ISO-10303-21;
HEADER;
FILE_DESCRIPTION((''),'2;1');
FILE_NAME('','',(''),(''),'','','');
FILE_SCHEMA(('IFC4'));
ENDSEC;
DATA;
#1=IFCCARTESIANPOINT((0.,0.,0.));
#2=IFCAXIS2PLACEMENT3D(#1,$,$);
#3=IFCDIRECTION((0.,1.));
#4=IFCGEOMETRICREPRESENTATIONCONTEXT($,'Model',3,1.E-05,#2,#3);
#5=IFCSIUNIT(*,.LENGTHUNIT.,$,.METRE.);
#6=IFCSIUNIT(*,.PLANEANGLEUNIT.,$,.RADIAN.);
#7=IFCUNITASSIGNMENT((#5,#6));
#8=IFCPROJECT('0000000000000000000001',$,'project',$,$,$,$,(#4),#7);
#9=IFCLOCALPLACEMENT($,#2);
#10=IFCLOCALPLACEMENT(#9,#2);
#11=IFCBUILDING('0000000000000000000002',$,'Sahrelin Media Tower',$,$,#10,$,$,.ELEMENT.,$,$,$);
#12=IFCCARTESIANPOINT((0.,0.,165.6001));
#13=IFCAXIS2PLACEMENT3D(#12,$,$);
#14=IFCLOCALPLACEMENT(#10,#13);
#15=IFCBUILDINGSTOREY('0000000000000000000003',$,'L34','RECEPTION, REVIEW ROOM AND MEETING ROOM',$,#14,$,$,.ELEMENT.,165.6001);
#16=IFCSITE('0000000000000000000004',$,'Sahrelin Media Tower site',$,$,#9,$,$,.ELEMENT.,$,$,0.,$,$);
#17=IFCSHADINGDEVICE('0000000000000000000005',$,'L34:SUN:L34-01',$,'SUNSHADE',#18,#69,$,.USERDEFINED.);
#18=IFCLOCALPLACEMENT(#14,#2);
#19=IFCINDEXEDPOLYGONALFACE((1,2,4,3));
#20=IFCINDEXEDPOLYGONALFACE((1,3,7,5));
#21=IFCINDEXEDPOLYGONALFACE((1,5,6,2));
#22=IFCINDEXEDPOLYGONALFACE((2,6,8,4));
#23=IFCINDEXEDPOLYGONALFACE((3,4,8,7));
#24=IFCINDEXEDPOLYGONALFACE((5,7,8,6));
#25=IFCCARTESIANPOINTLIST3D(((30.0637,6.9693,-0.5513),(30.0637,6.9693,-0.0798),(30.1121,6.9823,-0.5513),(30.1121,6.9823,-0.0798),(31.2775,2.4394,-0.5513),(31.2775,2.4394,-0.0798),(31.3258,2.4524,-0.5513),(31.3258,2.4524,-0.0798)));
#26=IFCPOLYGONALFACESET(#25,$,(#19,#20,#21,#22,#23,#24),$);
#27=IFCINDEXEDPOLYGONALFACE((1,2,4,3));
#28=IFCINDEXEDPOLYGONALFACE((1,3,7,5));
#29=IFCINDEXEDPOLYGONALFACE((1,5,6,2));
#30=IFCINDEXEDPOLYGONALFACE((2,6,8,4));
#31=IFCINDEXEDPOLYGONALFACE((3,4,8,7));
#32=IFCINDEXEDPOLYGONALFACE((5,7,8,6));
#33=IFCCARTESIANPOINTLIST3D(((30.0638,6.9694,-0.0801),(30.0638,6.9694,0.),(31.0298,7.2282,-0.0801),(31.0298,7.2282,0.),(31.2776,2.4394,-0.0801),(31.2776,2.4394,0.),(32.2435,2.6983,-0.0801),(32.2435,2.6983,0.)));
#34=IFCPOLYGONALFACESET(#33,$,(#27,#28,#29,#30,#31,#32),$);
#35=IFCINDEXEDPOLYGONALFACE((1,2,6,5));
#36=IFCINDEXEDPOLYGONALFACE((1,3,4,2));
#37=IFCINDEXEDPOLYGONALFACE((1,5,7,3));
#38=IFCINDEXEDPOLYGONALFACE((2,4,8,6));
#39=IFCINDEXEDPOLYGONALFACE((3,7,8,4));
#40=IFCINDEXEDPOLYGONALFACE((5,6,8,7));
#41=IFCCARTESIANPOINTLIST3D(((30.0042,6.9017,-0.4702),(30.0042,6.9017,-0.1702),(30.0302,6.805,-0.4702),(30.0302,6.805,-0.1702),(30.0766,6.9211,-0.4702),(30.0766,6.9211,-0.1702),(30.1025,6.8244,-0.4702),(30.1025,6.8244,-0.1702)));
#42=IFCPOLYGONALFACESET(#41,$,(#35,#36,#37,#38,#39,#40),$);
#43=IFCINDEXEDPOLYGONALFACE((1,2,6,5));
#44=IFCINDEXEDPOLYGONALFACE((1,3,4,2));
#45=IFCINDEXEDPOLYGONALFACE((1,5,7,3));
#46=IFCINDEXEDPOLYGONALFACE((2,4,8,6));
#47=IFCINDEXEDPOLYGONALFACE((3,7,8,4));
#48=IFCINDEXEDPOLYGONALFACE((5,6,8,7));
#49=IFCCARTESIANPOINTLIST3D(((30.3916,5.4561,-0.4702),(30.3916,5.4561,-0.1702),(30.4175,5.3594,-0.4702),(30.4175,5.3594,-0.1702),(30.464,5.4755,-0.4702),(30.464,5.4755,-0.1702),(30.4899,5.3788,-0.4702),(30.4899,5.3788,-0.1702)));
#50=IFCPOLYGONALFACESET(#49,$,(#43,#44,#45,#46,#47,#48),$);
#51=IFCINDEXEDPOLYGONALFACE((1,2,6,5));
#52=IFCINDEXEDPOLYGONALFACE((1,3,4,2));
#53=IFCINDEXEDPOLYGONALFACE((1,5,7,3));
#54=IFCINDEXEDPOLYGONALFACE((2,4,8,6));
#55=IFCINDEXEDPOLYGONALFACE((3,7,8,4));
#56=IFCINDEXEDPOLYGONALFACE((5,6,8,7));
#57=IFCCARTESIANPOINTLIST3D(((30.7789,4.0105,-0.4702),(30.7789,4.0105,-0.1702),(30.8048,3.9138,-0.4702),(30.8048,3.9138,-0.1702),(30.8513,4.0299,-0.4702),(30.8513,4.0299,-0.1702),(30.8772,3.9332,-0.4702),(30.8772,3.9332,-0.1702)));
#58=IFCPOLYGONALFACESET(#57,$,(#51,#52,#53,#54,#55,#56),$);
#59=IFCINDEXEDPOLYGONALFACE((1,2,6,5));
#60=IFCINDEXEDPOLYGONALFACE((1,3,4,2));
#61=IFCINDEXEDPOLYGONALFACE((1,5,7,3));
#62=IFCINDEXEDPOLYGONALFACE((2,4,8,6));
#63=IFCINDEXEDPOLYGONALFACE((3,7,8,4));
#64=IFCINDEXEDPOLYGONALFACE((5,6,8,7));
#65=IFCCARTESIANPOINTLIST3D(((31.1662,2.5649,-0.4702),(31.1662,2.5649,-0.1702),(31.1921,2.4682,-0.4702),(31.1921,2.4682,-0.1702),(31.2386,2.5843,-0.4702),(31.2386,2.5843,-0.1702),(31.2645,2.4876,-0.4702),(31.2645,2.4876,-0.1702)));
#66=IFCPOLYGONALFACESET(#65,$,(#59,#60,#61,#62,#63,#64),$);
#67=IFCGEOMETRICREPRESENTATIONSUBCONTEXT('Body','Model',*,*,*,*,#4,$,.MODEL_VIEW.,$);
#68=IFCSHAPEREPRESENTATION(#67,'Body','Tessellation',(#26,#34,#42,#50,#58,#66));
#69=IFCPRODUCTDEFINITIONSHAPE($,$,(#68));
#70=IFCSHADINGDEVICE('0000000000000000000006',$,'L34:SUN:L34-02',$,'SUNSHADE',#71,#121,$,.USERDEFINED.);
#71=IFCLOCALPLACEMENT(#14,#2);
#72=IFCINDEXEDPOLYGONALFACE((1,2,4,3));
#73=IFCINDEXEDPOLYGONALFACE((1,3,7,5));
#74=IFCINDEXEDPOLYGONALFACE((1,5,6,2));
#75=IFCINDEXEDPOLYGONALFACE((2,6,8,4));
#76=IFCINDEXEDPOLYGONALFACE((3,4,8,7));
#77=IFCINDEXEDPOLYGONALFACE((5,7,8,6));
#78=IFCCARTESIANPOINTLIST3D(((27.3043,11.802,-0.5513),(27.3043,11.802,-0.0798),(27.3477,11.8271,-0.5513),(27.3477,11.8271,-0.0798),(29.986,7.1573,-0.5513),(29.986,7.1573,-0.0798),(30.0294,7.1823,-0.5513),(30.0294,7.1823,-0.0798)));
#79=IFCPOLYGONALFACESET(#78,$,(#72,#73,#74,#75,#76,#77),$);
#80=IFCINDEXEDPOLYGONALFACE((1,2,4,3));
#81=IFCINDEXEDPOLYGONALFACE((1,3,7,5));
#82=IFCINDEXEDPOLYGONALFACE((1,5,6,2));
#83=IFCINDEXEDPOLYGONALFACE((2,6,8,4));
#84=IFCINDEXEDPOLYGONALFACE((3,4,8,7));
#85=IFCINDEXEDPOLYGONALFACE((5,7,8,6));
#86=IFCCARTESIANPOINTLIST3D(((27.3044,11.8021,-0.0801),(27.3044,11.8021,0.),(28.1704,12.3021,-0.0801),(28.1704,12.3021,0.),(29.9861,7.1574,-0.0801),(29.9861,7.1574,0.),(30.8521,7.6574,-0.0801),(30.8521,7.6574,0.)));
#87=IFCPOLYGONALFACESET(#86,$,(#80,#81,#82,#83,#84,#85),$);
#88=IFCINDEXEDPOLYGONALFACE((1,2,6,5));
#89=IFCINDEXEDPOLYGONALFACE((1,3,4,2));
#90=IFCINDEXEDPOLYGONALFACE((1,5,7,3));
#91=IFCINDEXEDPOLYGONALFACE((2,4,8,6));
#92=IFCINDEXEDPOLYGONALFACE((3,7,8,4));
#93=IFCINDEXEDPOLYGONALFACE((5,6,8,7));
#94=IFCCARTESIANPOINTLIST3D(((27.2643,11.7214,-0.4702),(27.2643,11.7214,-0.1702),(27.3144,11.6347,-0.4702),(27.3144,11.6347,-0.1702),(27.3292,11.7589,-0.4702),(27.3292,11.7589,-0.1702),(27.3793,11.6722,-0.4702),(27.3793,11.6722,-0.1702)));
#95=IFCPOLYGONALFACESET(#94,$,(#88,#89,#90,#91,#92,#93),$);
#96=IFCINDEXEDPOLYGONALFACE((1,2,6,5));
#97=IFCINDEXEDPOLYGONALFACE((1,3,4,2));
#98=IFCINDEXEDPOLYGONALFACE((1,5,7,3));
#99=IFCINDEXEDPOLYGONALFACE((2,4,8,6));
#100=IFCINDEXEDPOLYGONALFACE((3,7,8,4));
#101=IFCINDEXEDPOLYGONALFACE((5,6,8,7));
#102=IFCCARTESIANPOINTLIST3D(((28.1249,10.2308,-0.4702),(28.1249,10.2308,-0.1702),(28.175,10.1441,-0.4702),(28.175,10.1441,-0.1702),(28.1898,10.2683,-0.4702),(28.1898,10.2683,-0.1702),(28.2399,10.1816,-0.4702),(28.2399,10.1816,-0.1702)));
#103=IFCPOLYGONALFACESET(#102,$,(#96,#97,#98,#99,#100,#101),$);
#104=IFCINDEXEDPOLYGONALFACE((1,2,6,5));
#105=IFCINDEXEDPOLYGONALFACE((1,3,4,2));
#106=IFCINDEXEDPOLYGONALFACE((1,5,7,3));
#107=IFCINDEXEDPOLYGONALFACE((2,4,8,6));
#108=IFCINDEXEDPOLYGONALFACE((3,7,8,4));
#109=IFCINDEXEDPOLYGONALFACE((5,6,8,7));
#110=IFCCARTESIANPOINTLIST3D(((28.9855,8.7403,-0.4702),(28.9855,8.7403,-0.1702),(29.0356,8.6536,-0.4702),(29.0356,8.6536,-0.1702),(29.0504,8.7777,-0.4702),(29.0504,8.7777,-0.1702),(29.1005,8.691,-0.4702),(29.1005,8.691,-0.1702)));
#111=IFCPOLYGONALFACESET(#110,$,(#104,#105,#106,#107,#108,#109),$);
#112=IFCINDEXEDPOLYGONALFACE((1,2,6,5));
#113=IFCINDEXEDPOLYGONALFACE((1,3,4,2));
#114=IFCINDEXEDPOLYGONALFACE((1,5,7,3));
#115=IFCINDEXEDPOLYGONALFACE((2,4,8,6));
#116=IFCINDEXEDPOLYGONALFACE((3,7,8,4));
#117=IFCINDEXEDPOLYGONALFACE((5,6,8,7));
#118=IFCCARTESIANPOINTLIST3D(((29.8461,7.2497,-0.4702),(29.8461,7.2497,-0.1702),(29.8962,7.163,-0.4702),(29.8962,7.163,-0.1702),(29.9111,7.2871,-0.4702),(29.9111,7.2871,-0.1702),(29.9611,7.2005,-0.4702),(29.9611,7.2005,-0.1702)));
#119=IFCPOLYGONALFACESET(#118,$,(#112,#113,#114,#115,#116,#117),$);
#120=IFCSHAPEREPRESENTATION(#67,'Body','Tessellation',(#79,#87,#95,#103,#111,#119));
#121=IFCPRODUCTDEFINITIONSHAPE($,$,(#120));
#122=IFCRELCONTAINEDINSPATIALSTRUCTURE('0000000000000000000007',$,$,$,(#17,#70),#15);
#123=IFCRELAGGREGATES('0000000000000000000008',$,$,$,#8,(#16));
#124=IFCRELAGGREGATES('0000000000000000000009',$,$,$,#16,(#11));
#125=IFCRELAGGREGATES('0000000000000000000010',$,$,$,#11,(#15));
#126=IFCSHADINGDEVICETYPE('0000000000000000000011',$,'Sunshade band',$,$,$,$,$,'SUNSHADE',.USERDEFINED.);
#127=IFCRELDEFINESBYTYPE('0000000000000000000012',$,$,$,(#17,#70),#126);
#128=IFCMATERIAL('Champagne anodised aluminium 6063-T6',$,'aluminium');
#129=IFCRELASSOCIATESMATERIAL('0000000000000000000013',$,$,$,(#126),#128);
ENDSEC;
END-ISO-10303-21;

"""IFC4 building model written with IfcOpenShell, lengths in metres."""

from ifc_helpers import new_model, si_unit, direction, frame, origin, origin_2d, place, context, subcontext, project, spatial, rectangle, extrude, material, type_object, element, save


model = new_model("IFC4")

# Units and contexts
model_context = context("Model", 3, precision=1e-05, world=origin(), true_north=direction((0.0, 1.0)))
body_context = subcontext(model_context, "Body", "Model", "MODEL_VIEW")
ifc_project = project(units=[si_unit("LENGTHUNIT", "METRE"), si_unit("PLANEANGLEUNIT", "RADIAN")], contexts=[model_context])

# Site, building, storey
site_placement = place(None, origin())
site = spatial("IfcSite", under=ifc_project, at=site_placement, Name="Sahrelin Media Tower site", CompositionType="ELEMENT", RefElevation=0.0)
building_placement = place(site_placement, origin())
building = spatial("IfcBuilding", under=site, at=building_placement, Name="Sahrelin Media Tower", CompositionType="ELEMENT")
storey_placement = place(building_placement, frame((0.0, 0.0, 165.6001)))
storey = spatial("IfcBuildingStorey", under=building, at=storey_placement, Name="L34", Description="RECEPTION, REVIEW ROOM AND MEETING ROOM", CompositionType="ELEMENT", Elevation=165.6001)

# Shared definitions
ifc_material_1 = material(Name="Champagne anodised aluminium 6063-T6", Category="aluminium")

# Shading devices
placement_1 = place(storey_placement, frame((30.6514, 4.6992, 0.0), z_axis=(0.0, 0.0, 1.0), x_axis=(0.258808, -0.965929, 0.0)))
placement_2 = place(storey_placement, frame((28.6279, 9.4697, 0.0), z_axis=(0.0, 0.0, 1.0), x_axis=(0.500011, -0.866019, 0.0)))
shading_device_type_1 = type_object("IfcShadingDeviceType", Name="Sunshade band", ElementType="SUNSHADE", PredefinedType="USERDEFINED", material=ifc_material_1)
element("IfcShadingDevice", 1, at=placement_1, inside=storey, type_object=shading_device_type_1, Name="L34:SUN:L34-01", ObjectType="SUNSHADE", PredefinedType="USERDEFINED", context=body_context, shape_type="SweptSolid", body=[
    extrude(rectangle(XDim=4.6897, YDim=0.05, at=origin_2d()), frame((0.0, 0.0449, -0.5513)), (0.0, 0.0, 1.0), 0.4714),
    extrude(rectangle(XDim=4.6897, YDim=1.0, at=origin_2d()), frame((0.0, 0.52, -0.0801)), (0.0, 0.0, 1.0), 0.0801),
    extrude(rectangle(XDim=0.1001, YDim=0.075, at=origin_2d()), frame((-2.2449, -0.0176, -0.4702)), (0.0, 0.0, 1.0), 0.3),
    extrude(rectangle(XDim=0.1001, YDim=0.075, at=origin_2d()), frame((-0.7483, -0.0176, -0.4702)), (0.0, 0.0, 1.0), 0.3),
    extrude(rectangle(XDim=0.1001, YDim=0.075, at=origin_2d()), frame((0.7483, -0.0176, -0.4702)), (0.0, 0.0, 1.0), 0.3),
    extrude(rectangle(XDim=0.1001, YDim=0.075, at=origin_2d()), frame((2.2449, -0.0176, -0.4702)), (0.0, 0.0, 1.0), 0.3),
])
element("IfcShadingDevice", 2, at=placement_2, inside=storey, type_object=shading_device_type_1, Name="L34:SUN:L34-02", ObjectType="SUNSHADE", PredefinedType="USERDEFINED", context=body_context, shape_type="SweptSolid", body=[
    extrude(rectangle(XDim=5.3633, YDim=0.05, at=origin_2d()), frame((0.0, 0.0449, -0.5513)), (0.0, 0.0, 1.0), 0.4714),
    extrude(rectangle(XDim=5.3633, YDim=1.0, at=origin_2d()), frame((0.0, 0.52, -0.0801)), (0.0, 0.0, 1.0), 0.0801),
    extrude(rectangle(XDim=0.1001, YDim=0.075, at=origin_2d()), frame((-2.5818, -0.0176, -0.4702)), (0.0, 0.0, 1.0), 0.3),
    extrude(rectangle(XDim=0.1001, YDim=0.075, at=origin_2d()), frame((-0.8606, -0.0176, -0.4702)), (0.0, 0.0, 1.0), 0.3),
    extrude(rectangle(XDim=0.1001, YDim=0.075, at=origin_2d()), frame((0.8606, -0.0176, -0.4702)), (0.0, 0.0, 1.0), 0.3),
    extrude(rectangle(XDim=0.1001, YDim=0.075, at=origin_2d()), frame((2.5818, -0.0176, -0.4702)), (0.0, 0.0, 1.0), 0.3),
])

save(model, "model.ifc")
